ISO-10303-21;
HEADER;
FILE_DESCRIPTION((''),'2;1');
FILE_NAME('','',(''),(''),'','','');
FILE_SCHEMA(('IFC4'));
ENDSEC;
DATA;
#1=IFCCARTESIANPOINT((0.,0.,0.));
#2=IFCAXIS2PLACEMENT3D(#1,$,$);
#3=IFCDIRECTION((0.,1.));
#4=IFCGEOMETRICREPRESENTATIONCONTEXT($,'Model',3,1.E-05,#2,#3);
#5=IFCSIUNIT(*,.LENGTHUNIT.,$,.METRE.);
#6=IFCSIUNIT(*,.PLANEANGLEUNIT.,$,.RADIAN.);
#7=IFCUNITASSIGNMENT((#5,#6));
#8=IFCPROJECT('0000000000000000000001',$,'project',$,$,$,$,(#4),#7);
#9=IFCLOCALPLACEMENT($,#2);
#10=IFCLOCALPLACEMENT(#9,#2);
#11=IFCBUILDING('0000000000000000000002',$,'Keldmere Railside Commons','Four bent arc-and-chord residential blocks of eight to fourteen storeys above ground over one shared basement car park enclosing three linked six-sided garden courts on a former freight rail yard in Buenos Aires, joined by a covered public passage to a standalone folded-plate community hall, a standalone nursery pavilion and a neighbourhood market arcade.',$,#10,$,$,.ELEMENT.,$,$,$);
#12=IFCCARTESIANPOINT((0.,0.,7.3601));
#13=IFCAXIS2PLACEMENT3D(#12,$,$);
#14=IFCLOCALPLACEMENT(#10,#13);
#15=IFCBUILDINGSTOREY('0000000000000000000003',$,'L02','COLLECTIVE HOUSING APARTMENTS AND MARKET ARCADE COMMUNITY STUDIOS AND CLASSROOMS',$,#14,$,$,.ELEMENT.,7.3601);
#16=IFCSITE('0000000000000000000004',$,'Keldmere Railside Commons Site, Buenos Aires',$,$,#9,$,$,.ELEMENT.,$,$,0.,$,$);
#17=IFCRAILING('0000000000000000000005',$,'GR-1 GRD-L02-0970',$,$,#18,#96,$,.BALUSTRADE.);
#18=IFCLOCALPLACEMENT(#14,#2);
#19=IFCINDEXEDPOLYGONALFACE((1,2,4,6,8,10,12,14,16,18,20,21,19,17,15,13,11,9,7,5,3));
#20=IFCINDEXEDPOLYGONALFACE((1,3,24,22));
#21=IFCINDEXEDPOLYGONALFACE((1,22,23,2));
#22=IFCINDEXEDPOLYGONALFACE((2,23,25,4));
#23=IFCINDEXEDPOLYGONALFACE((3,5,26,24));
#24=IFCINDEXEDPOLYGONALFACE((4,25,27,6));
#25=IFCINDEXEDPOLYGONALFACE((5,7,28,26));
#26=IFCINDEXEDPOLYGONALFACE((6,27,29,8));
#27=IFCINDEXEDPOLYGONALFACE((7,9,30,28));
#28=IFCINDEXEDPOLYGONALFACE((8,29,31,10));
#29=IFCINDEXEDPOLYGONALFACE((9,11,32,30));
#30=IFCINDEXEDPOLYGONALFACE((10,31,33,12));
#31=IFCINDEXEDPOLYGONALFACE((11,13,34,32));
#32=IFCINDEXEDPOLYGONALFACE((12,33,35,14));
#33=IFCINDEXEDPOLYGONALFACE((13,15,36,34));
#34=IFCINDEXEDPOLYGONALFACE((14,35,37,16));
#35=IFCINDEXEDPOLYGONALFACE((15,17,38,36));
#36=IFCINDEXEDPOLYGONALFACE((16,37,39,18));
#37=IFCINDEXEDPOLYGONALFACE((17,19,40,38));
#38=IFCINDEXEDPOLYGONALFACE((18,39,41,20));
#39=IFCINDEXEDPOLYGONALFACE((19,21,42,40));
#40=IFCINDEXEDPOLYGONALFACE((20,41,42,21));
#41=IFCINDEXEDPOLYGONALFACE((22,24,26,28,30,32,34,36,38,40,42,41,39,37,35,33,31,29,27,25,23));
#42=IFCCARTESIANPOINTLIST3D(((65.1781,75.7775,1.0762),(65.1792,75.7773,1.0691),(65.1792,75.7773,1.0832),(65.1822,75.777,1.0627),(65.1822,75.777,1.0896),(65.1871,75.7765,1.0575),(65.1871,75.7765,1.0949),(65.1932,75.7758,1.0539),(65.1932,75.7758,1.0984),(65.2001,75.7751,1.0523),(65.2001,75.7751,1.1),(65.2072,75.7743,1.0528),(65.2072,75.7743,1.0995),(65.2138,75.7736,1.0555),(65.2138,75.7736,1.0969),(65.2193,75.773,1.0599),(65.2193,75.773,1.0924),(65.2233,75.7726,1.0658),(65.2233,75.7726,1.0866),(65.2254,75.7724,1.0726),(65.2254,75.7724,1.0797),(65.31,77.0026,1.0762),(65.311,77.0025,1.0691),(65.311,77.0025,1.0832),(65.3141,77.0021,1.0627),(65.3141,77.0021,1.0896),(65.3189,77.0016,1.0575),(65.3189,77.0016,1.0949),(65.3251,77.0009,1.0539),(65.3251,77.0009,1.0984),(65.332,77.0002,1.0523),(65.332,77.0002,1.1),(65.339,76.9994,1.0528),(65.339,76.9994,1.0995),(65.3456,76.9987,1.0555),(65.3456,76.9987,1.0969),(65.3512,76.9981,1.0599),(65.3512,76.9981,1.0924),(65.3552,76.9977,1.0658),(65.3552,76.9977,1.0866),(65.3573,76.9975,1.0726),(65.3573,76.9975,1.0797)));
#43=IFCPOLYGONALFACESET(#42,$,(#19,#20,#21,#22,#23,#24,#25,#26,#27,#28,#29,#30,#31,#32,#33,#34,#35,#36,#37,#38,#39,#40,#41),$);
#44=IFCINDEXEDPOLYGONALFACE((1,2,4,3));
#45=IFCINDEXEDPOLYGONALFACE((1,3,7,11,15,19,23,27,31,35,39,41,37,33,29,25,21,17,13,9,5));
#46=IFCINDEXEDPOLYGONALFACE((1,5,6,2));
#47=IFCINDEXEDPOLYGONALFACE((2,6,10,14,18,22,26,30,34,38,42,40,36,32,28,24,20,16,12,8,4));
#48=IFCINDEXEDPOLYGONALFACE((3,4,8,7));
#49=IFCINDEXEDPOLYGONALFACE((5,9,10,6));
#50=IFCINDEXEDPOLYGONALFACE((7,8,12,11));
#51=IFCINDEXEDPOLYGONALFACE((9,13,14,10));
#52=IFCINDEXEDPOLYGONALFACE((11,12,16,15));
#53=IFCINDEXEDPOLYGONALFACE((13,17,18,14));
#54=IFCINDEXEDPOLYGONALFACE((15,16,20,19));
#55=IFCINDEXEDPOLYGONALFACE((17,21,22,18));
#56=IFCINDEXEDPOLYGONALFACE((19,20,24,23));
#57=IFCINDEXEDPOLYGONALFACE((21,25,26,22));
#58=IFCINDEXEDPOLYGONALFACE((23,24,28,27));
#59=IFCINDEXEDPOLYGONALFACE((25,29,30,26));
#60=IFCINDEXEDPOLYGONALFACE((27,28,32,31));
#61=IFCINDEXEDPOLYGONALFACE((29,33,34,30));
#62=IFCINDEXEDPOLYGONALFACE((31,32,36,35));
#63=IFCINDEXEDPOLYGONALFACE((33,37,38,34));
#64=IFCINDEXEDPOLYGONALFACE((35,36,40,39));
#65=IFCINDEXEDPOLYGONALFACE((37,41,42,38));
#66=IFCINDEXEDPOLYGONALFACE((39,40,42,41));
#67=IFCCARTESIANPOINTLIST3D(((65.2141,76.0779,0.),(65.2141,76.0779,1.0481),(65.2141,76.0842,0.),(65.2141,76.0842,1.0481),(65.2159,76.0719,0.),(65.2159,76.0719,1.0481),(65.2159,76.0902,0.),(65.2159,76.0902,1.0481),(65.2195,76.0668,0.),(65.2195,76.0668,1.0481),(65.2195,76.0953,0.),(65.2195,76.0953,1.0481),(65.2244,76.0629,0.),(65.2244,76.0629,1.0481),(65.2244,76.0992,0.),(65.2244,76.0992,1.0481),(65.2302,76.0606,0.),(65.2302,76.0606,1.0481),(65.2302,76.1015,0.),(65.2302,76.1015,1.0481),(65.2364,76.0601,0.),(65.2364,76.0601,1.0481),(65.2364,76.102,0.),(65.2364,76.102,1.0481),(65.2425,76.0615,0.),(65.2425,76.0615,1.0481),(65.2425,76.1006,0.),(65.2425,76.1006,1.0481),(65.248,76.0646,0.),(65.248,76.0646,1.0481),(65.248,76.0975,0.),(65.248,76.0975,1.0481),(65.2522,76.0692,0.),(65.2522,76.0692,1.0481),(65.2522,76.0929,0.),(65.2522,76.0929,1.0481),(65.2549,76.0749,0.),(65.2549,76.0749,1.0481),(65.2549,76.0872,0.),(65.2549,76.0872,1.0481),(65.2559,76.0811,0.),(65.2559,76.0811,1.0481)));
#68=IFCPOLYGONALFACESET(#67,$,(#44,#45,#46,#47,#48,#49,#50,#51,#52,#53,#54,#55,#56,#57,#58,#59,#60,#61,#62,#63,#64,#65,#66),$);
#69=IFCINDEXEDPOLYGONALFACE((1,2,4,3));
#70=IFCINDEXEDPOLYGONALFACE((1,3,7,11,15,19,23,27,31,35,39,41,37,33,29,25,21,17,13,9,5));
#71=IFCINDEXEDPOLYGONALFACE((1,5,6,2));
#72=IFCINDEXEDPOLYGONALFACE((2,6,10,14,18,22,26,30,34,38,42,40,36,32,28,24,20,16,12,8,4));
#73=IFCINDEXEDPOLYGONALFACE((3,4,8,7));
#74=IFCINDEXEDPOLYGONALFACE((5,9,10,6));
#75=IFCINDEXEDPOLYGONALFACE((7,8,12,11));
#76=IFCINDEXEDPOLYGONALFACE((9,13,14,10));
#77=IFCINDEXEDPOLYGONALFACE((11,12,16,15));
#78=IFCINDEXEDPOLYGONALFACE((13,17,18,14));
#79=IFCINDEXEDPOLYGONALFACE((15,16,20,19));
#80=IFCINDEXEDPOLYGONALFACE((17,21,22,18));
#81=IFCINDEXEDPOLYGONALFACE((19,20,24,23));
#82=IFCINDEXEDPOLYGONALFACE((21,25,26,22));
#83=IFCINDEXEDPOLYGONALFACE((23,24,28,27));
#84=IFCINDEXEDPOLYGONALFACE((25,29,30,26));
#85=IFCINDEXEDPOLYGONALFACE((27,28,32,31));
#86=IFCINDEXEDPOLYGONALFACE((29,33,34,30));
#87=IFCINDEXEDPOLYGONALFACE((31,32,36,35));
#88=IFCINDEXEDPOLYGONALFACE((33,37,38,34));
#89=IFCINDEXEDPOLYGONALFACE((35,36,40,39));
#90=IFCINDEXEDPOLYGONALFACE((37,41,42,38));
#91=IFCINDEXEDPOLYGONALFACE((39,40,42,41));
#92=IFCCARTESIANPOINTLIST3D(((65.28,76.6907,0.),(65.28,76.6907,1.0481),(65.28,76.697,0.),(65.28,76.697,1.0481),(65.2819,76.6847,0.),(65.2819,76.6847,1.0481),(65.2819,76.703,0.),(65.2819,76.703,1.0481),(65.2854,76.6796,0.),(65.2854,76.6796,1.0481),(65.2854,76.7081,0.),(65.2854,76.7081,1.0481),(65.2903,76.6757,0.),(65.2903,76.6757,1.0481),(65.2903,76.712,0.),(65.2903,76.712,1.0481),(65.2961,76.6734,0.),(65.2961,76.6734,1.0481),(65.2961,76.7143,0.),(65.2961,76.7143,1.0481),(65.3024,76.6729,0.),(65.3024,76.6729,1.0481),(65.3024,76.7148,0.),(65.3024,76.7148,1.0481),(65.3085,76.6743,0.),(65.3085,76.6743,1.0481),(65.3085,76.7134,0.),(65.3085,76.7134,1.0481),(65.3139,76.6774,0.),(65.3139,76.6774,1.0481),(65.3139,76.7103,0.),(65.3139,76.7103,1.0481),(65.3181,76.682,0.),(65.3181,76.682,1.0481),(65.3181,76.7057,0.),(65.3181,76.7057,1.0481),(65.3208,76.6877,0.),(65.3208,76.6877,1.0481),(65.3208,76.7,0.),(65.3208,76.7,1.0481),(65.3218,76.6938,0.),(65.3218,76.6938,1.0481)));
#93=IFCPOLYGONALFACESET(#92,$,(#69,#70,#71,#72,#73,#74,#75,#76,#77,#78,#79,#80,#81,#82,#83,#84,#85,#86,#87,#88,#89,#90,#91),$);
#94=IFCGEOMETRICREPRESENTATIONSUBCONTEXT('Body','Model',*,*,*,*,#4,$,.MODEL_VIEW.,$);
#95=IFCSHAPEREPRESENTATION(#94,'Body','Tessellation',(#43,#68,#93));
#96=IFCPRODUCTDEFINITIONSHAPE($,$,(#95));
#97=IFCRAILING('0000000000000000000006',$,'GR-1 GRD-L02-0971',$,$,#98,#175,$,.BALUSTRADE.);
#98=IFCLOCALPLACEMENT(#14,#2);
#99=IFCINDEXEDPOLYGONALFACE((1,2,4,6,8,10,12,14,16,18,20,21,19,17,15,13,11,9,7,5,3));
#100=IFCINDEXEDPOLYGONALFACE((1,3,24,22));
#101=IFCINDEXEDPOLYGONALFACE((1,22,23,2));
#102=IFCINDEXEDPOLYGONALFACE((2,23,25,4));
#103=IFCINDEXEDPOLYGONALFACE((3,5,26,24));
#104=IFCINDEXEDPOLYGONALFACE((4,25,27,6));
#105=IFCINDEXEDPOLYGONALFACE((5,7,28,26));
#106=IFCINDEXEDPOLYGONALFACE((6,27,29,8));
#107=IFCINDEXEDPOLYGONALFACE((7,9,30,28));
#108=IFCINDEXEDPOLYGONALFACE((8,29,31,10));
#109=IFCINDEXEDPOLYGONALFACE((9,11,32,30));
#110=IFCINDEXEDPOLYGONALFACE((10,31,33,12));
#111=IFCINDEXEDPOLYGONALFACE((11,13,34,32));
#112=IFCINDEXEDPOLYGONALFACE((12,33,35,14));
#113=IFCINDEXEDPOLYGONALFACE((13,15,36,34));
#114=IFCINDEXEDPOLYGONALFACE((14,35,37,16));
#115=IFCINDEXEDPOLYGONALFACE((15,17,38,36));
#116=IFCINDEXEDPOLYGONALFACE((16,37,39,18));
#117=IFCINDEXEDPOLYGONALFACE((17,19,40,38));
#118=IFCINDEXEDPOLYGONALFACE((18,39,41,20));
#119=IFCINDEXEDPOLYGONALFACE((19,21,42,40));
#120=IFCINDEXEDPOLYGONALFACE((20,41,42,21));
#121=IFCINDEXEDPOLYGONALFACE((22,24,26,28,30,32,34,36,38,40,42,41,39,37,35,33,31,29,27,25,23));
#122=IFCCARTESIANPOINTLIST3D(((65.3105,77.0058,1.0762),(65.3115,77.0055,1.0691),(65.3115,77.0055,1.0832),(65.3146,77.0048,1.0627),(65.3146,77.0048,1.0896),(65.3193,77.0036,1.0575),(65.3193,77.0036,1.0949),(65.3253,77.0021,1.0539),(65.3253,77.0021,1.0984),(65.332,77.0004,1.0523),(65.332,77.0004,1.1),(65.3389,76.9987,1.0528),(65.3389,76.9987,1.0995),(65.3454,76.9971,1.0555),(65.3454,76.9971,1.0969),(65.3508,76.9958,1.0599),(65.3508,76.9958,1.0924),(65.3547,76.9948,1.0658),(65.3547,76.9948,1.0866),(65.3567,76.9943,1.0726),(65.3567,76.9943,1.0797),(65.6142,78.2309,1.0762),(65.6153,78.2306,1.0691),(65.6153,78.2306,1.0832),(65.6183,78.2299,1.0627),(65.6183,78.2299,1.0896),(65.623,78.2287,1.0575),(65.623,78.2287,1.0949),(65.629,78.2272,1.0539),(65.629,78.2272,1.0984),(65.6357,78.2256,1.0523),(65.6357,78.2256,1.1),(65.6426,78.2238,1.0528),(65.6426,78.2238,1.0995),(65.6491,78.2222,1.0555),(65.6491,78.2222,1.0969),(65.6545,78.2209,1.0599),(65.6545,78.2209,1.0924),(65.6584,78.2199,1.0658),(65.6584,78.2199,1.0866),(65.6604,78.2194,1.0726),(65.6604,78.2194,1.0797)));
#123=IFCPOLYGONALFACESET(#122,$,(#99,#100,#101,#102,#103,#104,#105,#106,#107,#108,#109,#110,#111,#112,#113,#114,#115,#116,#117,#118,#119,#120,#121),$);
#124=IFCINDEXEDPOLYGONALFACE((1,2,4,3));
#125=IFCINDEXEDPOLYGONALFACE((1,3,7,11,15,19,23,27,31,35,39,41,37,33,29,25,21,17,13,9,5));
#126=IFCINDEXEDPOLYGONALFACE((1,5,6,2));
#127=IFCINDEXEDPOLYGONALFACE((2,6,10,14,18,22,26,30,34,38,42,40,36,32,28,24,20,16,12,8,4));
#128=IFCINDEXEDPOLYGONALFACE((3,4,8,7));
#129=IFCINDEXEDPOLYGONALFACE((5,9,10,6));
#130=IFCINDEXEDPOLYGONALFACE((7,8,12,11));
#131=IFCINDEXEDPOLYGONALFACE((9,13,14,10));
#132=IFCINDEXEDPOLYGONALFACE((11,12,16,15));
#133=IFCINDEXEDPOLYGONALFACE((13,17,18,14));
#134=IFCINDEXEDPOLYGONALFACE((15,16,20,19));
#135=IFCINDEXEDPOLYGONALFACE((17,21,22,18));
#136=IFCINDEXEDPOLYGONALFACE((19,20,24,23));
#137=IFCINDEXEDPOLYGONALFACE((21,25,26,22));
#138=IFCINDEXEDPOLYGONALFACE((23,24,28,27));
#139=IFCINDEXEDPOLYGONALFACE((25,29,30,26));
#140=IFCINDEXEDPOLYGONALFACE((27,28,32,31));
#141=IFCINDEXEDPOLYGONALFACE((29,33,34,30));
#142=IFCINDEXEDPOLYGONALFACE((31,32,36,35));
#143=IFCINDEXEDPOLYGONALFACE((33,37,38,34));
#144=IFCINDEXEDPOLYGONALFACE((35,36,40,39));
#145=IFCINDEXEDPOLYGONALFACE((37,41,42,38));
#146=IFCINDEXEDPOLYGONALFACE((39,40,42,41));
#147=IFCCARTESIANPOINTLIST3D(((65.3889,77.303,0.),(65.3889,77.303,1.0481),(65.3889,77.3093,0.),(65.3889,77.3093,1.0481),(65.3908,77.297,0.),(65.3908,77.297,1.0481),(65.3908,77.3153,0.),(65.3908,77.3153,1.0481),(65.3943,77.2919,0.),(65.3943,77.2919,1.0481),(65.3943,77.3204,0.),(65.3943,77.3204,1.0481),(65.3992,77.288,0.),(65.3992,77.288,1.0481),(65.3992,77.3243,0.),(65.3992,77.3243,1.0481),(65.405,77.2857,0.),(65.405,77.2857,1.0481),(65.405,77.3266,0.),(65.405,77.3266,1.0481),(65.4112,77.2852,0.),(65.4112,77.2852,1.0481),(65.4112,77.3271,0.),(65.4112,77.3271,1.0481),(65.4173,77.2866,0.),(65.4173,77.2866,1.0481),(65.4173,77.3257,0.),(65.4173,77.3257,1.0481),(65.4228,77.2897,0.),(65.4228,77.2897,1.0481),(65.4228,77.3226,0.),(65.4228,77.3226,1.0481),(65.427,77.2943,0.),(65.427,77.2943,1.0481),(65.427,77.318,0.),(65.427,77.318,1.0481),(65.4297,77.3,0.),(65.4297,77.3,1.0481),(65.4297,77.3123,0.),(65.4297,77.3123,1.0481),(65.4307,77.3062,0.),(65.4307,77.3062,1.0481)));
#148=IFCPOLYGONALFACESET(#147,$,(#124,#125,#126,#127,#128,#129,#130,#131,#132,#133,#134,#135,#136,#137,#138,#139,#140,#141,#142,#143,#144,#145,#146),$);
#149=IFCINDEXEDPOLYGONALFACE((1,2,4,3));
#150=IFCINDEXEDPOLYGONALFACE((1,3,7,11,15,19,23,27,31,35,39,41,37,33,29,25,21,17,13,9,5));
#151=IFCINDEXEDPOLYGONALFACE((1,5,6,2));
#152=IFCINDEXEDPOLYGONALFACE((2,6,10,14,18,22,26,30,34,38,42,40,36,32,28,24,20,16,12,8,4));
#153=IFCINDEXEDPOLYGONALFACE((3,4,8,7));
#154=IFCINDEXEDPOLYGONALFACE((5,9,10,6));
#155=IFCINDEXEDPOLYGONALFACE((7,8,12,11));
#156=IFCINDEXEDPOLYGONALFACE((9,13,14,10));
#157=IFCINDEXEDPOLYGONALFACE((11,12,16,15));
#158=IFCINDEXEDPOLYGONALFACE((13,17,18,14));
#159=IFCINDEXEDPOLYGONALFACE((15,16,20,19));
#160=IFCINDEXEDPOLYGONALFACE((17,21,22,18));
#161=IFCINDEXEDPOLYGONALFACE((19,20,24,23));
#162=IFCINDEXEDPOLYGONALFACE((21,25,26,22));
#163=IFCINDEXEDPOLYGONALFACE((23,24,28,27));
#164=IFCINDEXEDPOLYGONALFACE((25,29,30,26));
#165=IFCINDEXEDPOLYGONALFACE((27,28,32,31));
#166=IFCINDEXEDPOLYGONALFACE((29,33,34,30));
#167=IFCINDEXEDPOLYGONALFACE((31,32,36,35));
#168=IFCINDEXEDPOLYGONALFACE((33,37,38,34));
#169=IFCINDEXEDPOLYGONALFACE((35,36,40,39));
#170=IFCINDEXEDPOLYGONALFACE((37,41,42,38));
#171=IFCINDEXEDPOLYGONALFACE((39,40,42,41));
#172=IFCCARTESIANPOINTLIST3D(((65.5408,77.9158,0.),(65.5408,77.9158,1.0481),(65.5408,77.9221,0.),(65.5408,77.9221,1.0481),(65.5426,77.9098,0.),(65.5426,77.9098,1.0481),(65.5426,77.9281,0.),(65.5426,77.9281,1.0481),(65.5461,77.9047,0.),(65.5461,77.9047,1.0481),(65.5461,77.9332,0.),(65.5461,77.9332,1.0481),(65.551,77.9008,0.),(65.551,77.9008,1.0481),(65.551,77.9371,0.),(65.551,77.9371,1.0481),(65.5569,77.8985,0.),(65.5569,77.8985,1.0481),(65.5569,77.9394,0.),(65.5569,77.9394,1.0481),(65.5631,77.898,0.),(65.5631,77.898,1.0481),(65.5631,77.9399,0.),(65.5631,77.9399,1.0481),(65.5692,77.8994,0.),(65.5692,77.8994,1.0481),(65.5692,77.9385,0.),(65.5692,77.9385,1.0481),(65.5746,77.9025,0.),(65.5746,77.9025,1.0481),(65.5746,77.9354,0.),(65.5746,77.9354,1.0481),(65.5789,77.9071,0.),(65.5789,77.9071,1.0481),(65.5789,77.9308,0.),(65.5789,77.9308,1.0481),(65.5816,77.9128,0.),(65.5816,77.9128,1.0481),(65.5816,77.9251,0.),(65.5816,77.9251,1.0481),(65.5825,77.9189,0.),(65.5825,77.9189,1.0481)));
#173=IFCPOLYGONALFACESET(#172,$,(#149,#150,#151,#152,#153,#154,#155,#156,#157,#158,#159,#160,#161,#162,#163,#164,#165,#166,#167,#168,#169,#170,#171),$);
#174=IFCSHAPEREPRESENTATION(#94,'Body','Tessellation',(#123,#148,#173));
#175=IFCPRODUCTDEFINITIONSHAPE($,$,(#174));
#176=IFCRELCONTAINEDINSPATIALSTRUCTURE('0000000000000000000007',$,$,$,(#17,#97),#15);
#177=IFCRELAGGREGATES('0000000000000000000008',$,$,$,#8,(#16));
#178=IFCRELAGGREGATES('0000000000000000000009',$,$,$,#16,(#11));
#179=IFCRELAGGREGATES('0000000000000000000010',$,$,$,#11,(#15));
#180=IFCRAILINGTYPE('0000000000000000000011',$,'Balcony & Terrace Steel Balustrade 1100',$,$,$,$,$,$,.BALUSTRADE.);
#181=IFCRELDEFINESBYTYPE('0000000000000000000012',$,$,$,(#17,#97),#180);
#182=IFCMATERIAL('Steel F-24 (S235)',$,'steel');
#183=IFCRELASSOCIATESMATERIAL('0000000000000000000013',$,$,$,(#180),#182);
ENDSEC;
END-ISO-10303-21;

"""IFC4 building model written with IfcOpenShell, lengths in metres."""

from ifc_helpers import new_model, si_unit, direction, frame, origin, origin_2d, place, context, subcontext, project, spatial, circle, extrude, material, type_object, element, save


model = new_model("IFC4")

# Units and contexts
model_context = context("Model", 3, precision=1e-05, world=origin(), true_north=direction((0.0, 1.0)))
body_context = subcontext(model_context, "Body", "Model", "MODEL_VIEW")
ifc_project = project(units=[si_unit("LENGTHUNIT", "METRE"), si_unit("PLANEANGLEUNIT", "RADIAN")], contexts=[model_context])

# Site, building, storey
site_placement = place(None, origin())
site = spatial("IfcSite", under=ifc_project, at=site_placement, Name="Keldmere Railside Commons Site, Buenos Aires", CompositionType="ELEMENT", RefElevation=0.0)
building_placement = place(site_placement, origin())
building = spatial("IfcBuilding", under=site, at=building_placement, Name="Keldmere Railside Commons", Description="Four bent arc-and-chord residential blocks of eight to fourteen storeys above ground over one shared basement car park enclosing three linked six-sided garden courts on a former freight rail yard in Buenos Aires, joined by a covered public passage to a standalone folded-plate community hall, a standalone nursery pavilion and a neighbourhood market arcade.", CompositionType="ELEMENT")
storey_placement = place(building_placement, frame((0.0, 0.0, 7.3601)))
storey = spatial("IfcBuildingStorey", under=building, at=storey_placement, Name="L02", Description="COLLECTIVE HOUSING APARTMENTS AND MARKET ARCADE COMMUNITY STUDIOS AND CLASSROOMS", CompositionType="ELEMENT", Elevation=7.3601)

# Railings
ifc_material_1 = material(Name="Steel F-24 (S235)", Category="steel")
railing_type = type_object("IfcRailingType", Name="Balcony & Terrace Steel Balustrade 1100", PredefinedType="BALUSTRADE", material=ifc_material_1)
railing_1_placement = place(storey_placement, frame((65.2019, 75.7749, 0.0)))
element("IfcRailing", 1, at=railing_1_placement, inside=storey, type_object=railing_type, Name="GR-1 GRD-L02-0970", PredefinedType="BALUSTRADE", context=body_context, shape_type="SweptSolid", body=[
    extrude(circle(Radius=0.0239, at=origin_2d()), frame((0.0, 0.0, 1.0762), z_axis=(0.106995, 0.99426, 0.0), x_axis=(-0.99426, 0.106995, 0.0)), (0.0, 0.0, 1.0), 1.2322),
    extrude(circle(Radius=0.021, at=origin_2d()), frame((0.033, 0.3062, 0.0)), (0.0, 0.0, 1.0), 1.0481),
    extrude(circle(Radius=0.021, at=origin_2d()), frame((0.0989, 0.9189, 0.0)), (0.0, 0.0, 1.0), 1.0481),
])
railing_2_placement = place(storey_placement, frame((65.3337, 77.0, 0.0)))
element("IfcRailing", 2, at=railing_2_placement, inside=storey, type_object=railing_type, Name="GR-1 GRD-L02-0971", PredefinedType="BALUSTRADE", context=body_context, shape_type="SweptSolid", body=[
    extrude(circle(Radius=0.0239, at=origin_2d()), frame((0.0, 0.0, 1.0762), z_axis=(0.240624, 0.970618, 0.0), x_axis=(-0.970618, 0.240624, 0.0)), (0.0, 0.0, 1.0), 1.2622),
    extrude(circle(Radius=0.021, at=origin_2d()), frame((0.0759, 0.3062, 0.0)), (0.0, 0.0, 1.0), 1.0481),
    extrude(circle(Radius=0.021, at=origin_2d()), frame((0.2278, 0.9189, 0.0)), (0.0, 0.0, 1.0), 1.0481),
])

save(model, "model.ifc")
